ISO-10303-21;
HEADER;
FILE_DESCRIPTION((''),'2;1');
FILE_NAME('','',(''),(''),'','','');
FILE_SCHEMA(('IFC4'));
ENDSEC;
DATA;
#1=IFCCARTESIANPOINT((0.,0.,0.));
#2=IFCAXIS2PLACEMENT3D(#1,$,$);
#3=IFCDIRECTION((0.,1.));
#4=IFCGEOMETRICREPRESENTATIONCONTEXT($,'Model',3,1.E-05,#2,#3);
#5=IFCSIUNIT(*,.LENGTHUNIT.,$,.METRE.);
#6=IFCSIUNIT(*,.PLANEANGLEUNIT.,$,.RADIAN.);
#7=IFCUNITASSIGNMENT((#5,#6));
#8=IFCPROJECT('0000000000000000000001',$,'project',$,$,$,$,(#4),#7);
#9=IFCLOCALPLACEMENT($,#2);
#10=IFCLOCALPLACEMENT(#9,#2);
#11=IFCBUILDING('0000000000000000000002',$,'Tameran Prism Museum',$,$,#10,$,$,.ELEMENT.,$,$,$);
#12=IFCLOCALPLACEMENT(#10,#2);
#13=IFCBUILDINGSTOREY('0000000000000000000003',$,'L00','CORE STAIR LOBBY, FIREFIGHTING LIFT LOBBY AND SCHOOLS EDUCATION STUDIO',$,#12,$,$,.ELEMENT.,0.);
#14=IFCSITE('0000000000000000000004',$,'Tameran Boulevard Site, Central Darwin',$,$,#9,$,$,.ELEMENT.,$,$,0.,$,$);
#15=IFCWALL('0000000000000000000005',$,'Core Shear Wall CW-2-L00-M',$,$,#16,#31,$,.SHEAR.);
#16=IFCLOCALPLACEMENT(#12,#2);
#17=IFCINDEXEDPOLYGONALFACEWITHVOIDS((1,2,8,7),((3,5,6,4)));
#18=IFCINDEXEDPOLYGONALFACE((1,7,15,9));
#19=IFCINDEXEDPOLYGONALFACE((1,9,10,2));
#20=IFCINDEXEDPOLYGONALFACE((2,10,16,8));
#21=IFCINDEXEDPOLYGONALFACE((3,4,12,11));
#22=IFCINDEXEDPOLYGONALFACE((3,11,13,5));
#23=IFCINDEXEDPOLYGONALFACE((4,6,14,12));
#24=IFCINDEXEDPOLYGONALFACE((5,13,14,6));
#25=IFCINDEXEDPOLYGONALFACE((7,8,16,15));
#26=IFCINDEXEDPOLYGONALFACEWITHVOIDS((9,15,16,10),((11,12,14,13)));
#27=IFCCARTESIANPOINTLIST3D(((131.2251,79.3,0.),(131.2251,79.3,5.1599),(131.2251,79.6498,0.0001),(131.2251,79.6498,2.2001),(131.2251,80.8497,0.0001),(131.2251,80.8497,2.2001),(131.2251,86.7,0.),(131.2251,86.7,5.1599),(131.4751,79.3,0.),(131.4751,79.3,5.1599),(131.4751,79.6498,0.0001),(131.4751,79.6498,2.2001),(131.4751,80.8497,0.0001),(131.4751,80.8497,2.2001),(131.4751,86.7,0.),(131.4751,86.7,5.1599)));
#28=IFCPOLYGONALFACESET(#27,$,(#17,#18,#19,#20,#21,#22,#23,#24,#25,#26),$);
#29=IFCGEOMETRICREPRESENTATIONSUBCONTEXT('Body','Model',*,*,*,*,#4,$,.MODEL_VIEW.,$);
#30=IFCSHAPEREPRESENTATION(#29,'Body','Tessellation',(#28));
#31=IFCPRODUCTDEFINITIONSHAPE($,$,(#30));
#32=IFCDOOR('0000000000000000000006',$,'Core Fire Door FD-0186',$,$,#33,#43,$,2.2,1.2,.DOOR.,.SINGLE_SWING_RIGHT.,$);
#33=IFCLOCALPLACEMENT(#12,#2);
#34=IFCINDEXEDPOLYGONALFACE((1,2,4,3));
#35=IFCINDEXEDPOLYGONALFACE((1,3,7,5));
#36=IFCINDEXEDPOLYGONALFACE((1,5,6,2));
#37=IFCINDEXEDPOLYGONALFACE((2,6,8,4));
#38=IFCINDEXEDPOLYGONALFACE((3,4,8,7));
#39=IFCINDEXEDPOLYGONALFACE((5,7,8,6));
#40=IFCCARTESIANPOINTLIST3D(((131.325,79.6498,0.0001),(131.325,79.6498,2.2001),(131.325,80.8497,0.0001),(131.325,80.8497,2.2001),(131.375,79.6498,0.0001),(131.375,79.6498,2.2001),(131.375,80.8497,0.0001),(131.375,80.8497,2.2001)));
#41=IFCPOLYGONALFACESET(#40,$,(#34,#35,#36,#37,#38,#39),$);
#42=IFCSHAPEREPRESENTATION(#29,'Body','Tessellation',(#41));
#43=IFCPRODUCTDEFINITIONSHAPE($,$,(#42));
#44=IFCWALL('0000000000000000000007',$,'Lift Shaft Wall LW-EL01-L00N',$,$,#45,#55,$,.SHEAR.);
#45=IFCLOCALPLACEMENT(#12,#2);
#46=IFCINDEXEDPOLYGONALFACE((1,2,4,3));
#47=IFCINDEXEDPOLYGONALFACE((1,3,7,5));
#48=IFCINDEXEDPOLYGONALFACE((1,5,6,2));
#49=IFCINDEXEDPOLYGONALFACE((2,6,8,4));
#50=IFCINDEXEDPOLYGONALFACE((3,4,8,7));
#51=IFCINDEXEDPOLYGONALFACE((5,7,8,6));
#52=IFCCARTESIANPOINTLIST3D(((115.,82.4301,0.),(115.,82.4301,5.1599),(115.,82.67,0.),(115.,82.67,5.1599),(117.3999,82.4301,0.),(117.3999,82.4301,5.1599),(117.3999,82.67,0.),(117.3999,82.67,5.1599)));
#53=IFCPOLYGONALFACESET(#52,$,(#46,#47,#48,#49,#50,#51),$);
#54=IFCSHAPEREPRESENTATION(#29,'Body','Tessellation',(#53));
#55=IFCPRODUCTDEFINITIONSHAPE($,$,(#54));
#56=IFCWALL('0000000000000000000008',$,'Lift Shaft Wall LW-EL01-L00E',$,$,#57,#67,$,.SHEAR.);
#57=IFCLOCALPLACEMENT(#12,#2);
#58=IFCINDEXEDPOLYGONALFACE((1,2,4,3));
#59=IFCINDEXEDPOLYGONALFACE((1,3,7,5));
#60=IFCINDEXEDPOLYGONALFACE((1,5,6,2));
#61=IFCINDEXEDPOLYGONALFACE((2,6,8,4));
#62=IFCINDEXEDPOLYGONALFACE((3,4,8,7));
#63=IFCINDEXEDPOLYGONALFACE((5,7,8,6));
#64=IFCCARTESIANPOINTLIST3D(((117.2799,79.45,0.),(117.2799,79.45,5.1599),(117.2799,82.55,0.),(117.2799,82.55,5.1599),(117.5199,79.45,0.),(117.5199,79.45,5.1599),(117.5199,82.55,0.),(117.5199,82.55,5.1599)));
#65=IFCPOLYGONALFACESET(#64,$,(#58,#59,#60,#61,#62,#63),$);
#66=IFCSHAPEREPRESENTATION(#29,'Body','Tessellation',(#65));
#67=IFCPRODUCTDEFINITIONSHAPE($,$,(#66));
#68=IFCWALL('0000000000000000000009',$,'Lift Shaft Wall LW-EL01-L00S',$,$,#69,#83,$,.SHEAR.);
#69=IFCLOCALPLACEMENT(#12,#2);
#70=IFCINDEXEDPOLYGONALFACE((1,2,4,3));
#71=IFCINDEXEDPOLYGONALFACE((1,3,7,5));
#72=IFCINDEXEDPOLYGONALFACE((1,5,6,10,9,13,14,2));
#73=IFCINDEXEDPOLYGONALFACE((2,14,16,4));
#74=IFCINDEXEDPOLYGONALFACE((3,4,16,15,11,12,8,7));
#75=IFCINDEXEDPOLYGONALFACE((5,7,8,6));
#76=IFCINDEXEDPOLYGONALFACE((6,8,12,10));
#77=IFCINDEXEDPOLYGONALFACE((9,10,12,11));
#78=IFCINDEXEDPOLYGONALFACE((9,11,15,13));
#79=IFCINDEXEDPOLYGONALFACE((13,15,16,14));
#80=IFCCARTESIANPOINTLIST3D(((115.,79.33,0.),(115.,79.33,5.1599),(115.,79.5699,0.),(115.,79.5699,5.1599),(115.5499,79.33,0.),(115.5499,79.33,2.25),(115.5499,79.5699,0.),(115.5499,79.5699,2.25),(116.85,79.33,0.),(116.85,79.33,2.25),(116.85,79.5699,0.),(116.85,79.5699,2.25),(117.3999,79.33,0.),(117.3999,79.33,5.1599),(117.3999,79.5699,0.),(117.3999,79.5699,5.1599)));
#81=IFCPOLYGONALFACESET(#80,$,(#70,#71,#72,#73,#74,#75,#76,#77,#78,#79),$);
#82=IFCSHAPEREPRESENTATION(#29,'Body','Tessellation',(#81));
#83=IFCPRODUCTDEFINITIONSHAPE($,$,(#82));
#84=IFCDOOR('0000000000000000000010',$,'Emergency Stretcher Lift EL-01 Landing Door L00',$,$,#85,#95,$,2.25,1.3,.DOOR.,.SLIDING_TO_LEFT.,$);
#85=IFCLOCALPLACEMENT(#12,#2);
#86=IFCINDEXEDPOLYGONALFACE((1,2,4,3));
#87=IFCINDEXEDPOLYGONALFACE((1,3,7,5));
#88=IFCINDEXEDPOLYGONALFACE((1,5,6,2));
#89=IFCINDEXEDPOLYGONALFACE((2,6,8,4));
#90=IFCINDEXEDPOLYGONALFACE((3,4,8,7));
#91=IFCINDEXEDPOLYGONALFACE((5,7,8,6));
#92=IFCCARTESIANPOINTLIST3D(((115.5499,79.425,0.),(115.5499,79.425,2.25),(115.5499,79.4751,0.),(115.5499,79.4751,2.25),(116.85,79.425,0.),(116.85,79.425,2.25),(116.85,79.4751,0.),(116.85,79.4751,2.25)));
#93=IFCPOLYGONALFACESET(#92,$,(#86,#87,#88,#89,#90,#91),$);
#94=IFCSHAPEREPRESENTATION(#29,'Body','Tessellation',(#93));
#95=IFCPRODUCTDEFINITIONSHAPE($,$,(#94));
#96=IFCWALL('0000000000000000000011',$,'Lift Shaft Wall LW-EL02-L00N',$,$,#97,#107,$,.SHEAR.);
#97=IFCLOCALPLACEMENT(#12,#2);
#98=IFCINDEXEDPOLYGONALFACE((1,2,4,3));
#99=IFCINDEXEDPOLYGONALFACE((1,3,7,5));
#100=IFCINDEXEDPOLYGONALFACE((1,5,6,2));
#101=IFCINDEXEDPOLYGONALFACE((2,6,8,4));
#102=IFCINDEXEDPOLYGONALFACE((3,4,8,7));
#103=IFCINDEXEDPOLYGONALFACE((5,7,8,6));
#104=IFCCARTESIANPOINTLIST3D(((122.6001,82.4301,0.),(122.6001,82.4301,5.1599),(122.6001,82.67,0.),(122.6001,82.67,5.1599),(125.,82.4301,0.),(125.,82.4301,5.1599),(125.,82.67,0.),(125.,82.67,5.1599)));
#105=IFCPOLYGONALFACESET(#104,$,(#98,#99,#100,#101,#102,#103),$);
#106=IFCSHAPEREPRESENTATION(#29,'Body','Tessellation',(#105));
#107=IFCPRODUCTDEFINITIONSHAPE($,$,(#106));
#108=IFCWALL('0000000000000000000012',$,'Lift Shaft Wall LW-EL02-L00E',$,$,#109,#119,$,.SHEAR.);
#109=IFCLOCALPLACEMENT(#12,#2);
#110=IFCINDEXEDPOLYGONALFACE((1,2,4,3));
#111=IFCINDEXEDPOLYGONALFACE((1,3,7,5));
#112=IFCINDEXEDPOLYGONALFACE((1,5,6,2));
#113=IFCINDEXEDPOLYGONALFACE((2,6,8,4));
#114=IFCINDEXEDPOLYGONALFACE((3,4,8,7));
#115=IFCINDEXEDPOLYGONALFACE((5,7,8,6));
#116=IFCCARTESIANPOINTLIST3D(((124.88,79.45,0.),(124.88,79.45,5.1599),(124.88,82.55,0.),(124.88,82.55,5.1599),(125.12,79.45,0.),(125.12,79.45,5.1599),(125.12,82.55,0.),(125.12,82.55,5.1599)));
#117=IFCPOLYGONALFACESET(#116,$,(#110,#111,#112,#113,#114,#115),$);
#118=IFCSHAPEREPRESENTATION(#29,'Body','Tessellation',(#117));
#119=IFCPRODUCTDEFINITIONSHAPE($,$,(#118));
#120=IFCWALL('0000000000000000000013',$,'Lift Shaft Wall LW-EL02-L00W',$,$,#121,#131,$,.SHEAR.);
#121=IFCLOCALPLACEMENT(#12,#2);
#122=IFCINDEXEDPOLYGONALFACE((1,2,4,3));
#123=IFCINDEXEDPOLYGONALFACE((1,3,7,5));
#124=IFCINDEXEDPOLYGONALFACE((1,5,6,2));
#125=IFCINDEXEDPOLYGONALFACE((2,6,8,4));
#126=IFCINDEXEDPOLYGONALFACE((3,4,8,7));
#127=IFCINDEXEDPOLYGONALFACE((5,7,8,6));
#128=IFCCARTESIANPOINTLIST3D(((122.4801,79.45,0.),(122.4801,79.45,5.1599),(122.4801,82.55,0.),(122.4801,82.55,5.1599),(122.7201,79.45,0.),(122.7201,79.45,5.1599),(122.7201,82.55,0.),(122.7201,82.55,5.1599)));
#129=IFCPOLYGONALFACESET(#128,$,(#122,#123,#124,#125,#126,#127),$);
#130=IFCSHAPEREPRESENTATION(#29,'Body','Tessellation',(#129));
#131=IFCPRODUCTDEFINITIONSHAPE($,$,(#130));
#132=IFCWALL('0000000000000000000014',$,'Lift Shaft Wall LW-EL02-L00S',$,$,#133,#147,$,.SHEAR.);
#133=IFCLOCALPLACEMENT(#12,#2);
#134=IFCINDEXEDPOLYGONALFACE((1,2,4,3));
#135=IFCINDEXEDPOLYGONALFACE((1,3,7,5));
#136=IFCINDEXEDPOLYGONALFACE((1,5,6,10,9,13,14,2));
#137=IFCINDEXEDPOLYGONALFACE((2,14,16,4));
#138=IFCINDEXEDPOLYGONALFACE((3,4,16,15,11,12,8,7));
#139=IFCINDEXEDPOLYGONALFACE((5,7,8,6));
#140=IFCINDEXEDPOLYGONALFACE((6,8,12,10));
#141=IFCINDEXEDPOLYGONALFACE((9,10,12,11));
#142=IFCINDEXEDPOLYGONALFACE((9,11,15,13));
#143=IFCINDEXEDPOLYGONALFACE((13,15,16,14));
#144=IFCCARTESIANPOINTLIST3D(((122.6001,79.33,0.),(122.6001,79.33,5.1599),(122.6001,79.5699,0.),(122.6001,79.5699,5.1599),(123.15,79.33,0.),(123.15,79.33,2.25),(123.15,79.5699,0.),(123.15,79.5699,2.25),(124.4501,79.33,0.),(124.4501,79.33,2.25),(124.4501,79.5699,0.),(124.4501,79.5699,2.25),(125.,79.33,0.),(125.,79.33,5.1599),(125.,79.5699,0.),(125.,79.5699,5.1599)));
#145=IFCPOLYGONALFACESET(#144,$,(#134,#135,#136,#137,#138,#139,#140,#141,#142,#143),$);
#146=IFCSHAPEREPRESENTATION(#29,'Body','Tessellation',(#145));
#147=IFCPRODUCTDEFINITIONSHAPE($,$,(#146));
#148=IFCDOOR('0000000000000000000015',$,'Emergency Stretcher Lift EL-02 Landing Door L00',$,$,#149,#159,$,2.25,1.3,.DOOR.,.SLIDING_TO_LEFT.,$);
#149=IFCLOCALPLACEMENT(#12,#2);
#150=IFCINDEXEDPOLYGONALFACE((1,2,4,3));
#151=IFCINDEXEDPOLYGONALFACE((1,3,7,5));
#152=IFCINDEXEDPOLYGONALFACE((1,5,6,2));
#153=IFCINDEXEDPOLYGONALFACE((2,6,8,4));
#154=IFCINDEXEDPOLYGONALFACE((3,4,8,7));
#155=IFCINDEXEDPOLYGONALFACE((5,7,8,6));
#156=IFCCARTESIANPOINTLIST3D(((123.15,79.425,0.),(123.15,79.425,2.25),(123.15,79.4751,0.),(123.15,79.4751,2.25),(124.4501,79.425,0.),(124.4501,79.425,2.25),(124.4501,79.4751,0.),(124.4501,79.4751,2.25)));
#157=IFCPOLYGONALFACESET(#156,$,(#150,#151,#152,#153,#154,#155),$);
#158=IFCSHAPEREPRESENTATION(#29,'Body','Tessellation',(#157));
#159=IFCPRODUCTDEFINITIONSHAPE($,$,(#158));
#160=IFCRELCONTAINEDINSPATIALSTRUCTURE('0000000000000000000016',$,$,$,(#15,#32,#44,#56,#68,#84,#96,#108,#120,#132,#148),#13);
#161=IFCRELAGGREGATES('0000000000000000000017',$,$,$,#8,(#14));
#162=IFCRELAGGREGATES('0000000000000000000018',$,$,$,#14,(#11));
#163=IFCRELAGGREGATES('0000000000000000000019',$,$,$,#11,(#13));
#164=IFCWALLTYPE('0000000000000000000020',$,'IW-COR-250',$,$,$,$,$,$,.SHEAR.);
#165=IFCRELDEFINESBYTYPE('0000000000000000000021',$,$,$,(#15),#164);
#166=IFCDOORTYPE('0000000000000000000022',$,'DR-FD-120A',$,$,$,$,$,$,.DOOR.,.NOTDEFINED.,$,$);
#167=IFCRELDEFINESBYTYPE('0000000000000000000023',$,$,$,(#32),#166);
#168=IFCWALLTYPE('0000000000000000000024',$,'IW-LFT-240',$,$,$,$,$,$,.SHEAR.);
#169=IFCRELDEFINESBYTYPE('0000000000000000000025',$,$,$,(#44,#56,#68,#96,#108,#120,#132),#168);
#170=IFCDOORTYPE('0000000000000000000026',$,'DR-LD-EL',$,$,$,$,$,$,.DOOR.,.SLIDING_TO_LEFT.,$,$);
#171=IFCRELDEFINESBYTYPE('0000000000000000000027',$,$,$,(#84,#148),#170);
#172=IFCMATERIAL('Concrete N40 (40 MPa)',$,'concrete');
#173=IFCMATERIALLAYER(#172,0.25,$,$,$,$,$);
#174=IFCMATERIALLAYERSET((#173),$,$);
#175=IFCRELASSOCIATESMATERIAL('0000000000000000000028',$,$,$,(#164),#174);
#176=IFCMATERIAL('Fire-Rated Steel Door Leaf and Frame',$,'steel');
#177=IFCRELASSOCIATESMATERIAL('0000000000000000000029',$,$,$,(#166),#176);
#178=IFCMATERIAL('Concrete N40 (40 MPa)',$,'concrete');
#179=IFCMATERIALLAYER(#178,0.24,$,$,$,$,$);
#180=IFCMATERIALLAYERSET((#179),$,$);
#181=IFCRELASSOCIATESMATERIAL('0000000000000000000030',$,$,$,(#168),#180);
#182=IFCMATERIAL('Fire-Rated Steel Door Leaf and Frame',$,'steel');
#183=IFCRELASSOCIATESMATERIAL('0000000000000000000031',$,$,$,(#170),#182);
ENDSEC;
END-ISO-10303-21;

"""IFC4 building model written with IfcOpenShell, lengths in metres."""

from ifc_helpers import new_model, si_unit, direction, frame, frame_2d, origin, place, context, subcontext, project, spatial, rectangle, extrude, material, layer, layer_set, type_object, element, fill, save


model = new_model("IFC4")

# Units and contexts
model_context = context("Model", 3, precision=1e-05, world=origin(), true_north=direction((0.0, 1.0)))
body_context = subcontext(model_context, "Body", "Model", "MODEL_VIEW")
ifc_project = project(units=[si_unit("LENGTHUNIT", "METRE"), si_unit("PLANEANGLEUNIT", "RADIAN")], contexts=[model_context])

# Site, building, storey
site_placement = place(None, origin())
site = spatial("IfcSite", under=ifc_project, at=site_placement, Name="Tameran Boulevard Site, Central Darwin", CompositionType="ELEMENT", RefElevation=0.0)
building_placement = place(site_placement, origin())
building = spatial("IfcBuilding", under=site, at=building_placement, Name="Tameran Prism Museum", CompositionType="ELEMENT")
storey_placement = place(building_placement, origin())
storey = spatial("IfcBuildingStorey", under=building, at=storey_placement, Name="L00", Description="CORE STAIR LOBBY, FIREFIGHTING LIFT LOBBY AND SCHOOLS EDUCATION STUDIO", CompositionType="ELEMENT", Elevation=0.0)

# Shared definitions
ifc_material_1 = material(Name="Concrete N40 (40 MPa)", Category="concrete")
ifc_layer_1 = layer(ifc_material_1, 0.25)
ifc_layer_set_1 = layer_set([ifc_layer_1])
wall_type_1 = type_object("IfcWallType", Name="IW-COR-250", PredefinedType="SHEAR", material=ifc_layer_set_1)

# Wall, opening, door
wall_1_placement = place(storey_placement, frame((131.3501, 86.7, 0.0), z_axis=(0.0, 0.0, 1.0), x_axis=(0.0, -1.0, 0.0)))
wall_1 = element("IfcWall", 1, at=wall_1_placement, inside=storey, type_object=wall_type_1, Name="Core Shear Wall CW-2-L00-M", PredefinedType="SHEAR", context=body_context, shape_type="SweptSolid", body=[
    extrude(rectangle(XDim=7.3999, YDim=0.25, at=frame_2d((3.7, 0.0))), origin(), (0.0, 0.0, 1.0), 5.1599),
])
opening_1_placement = place(wall_1_placement, frame((5.8501, 0.0, 0.0)))
opening_1 = element("IfcOpeningElement", 2, at=opening_1_placement, cuts=wall_1, PredefinedType="OPENING", context=body_context, shape_type="SweptSolid", body=[
    extrude(rectangle(XDim=1.2, YDim=2.2, at=frame_2d((0.6001, 1.1001))), frame((0.0, 0.135, 0.0), z_axis=(0.0, -1.0, 0.0), x_axis=(1.0, 0.0, 0.0)), (0.0, 0.0, 1.0), 0.27),
])
ifc_material_2 = material(Name="Fire-Rated Steel Door Leaf and Frame", Category="steel")
door_type_1 = type_object("IfcDoorType", Name="DR-FD-120A", OperationType="NOTDEFINED", PredefinedType="DOOR", material=ifc_material_2)
door_1_placement = place(opening_1_placement, origin())
door_1 = element("IfcDoor", 3, at=door_1_placement, inside=storey, type_object=door_type_1, Name="Core Fire Door FD-0186", OperationType="SINGLE_SWING_RIGHT", OverallHeight=2.2, OverallWidth=1.2, PredefinedType="DOOR", context=body_context, shape_type="SweptSolid", body=[
    extrude(rectangle(XDim=1.2, YDim=2.2, at=frame_2d((0.6001, 1.1001))), frame((0.0, 0.0249, 0.0), z_axis=(0.0, -1.0, 0.0), x_axis=(1.0, 0.0, 0.0)), (0.0, 0.0, 1.0), 0.05),
])
fill(opening_1, door_1)

# Walls
ifc_material_3 = material(Name="Concrete N40 (40 MPa)", Category="concrete")
ifc_layer_2 = layer(ifc_material_3, 0.24)
ifc_layer_set_2 = layer_set([ifc_layer_2])
wall_type_2 = type_object("IfcWallType", Name="IW-LFT-240", PredefinedType="SHEAR", material=ifc_layer_set_2)
wall_2_placement = place(storey_placement, frame((115.0, 82.55, 0.0), z_axis=(0.0, 0.0, 1.0), x_axis=(1.0, 0.0, 0.0)))
element("IfcWall", 4, at=wall_2_placement, inside=storey, type_object=wall_type_2, Name="Lift Shaft Wall LW-EL01-L00N", PredefinedType="SHEAR", context=body_context, shape_type="SweptSolid", body=[
    extrude(rectangle(XDim=2.3999, YDim=0.24, at=frame_2d((1.2, 0.0))), origin(), (0.0, 0.0, 1.0), 5.1599),
])
wall_3_placement = place(storey_placement, frame((117.3999, 82.55, 0.0), z_axis=(0.0, 0.0, 1.0), x_axis=(0.0, -1.0, 0.0)))
element("IfcWall", 5, at=wall_3_placement, inside=storey, type_object=wall_type_2, Name="Lift Shaft Wall LW-EL01-L00E", PredefinedType="SHEAR", context=body_context, shape_type="SweptSolid", body=[
    extrude(rectangle(XDim=3.1001, YDim=0.24, at=frame_2d((1.55, 0.0))), origin(), (0.0, 0.0, 1.0), 5.1599),
])

# Wall, opening, door
wall_4_placement = place(storey_placement, frame((117.3999, 79.45, 0.0), z_axis=(0.0, 0.0, 1.0), x_axis=(-1.0, 0.0, 0.0)))
wall_4 = element("IfcWall", 6, at=wall_4_placement, inside=storey, type_object=wall_type_2, Name="Lift Shaft Wall LW-EL01-L00S", PredefinedType="SHEAR", context=body_context, shape_type="SweptSolid", body=[
    extrude(rectangle(XDim=2.3999, YDim=0.24, at=frame_2d((1.2, 0.0))), origin(), (0.0, 0.0, 1.0), 5.1599),
])
opening_2_placement = place(wall_4_placement, frame((0.55, 0.0, 0.0)))
opening_2 = element("IfcOpeningElement", 7, at=opening_2_placement, cuts=wall_4, PredefinedType="OPENING", context=body_context, shape_type="SweptSolid", body=[
    extrude(rectangle(XDim=1.3, YDim=2.25, at=frame_2d((0.6499, 1.125))), frame((0.0, 0.1299, 0.0), z_axis=(0.0, -1.0, 0.0), x_axis=(1.0, 0.0, 0.0)), (0.0, 0.0, 1.0), 0.26),
])
ifc_material_4 = material(Name="Fire-Rated Steel Door Leaf and Frame", Category="steel")
door_type_2 = type_object("IfcDoorType", Name="DR-LD-EL", OperationType="SLIDING_TO_LEFT", PredefinedType="DOOR", material=ifc_material_4)
door_2_placement = place(opening_2_placement, origin())
door_2 = element("IfcDoor", 8, at=door_2_placement, inside=storey, type_object=door_type_2, Name="Emergency Stretcher Lift EL-01 Landing Door L00", OperationType="SLIDING_TO_LEFT", OverallHeight=2.25, OverallWidth=1.3, PredefinedType="DOOR", context=body_context, shape_type="SweptSolid", body=[
    extrude(rectangle(XDim=1.3, YDim=2.25, at=frame_2d((0.6499, 1.125))), frame((0.0, 0.0249, 0.0), z_axis=(0.0, -1.0, 0.0), x_axis=(1.0, 0.0, 0.0)), (0.0, 0.0, 1.0), 0.05),
])
fill(opening_2, door_2)

# Walls
wall_5_placement = place(storey_placement, frame((122.6001, 82.55, 0.0), z_axis=(0.0, 0.0, 1.0), x_axis=(1.0, 0.0, 0.0)))
element("IfcWall", 9, at=wall_5_placement, inside=storey, type_object=wall_type_2, Name="Lift Shaft Wall LW-EL02-L00N", PredefinedType="SHEAR", context=body_context, shape_type="SweptSolid", body=[
    extrude(rectangle(XDim=2.3999, YDim=0.24, at=frame_2d((1.2, 0.0))), origin(), (0.0, 0.0, 1.0), 5.1599),
])
for number, where, z_axis, x_axis, name in (
    (10, (125.0, 82.55, 0.0), (0.0, 0.0, 1.0), (0.0, -1.0, 0.0), "Lift Shaft Wall LW-EL02-L00E"),
    (11, (122.6001, 79.45, 0.0), (0.0, 0.0, 1.0), (0.0, 1.0, 0.0), "Lift Shaft Wall LW-EL02-L00W"),
):
    element("IfcWall", number, at=place(storey_placement, frame(where, z_axis=z_axis, x_axis=x_axis)), inside=storey, type_object=wall_type_2, Name=name, PredefinedType="SHEAR", context=body_context, shape_type="SweptSolid", body=[
        extrude(rectangle(XDim=3.1001, YDim=0.24, at=frame_2d((1.55, 0.0))), origin(), (0.0, 0.0, 1.0), 5.1599),
    ])

# Wall, opening, door
wall_6_placement = place(storey_placement, frame((125.0, 79.45, 0.0), z_axis=(0.0, 0.0, 1.0), x_axis=(-1.0, 0.0, 0.0)))
wall_6 = element("IfcWall", 12, at=wall_6_placement, inside=storey, type_object=wall_type_2, Name="Lift Shaft Wall LW-EL02-L00S", PredefinedType="SHEAR", context=body_context, shape_type="SweptSolid", body=[
    extrude(rectangle(XDim=2.3999, YDim=0.24, at=frame_2d((1.2, 0.0))), origin(), (0.0, 0.0, 1.0), 5.1599),
])
opening_3_placement = place(wall_6_placement, frame((0.55, 0.0, 0.0)))
opening_3 = element("IfcOpeningElement", 13, at=opening_3_placement, cuts=wall_6, PredefinedType="OPENING", context=body_context, shape_type="SweptSolid", body=[
    extrude(rectangle(XDim=1.3, YDim=2.25, at=frame_2d((0.6499, 1.125))), frame((0.0, 0.1299, 0.0), z_axis=(0.0, -1.0, 0.0), x_axis=(1.0, 0.0, 0.0)), (0.0, 0.0, 1.0), 0.26),
])
door_3_placement = place(opening_3_placement, origin())
door_3 = element("IfcDoor", 14, at=door_3_placement, inside=storey, type_object=door_type_2, Name="Emergency Stretcher Lift EL-02 Landing Door L00", OperationType="SLIDING_TO_LEFT", OverallHeight=2.25, OverallWidth=1.3, PredefinedType="DOOR", context=body_context, shape_type="SweptSolid", body=[
    extrude(rectangle(XDim=1.3, YDim=2.25, at=frame_2d((0.6499, 1.125))), frame((0.0, 0.0249, 0.0), z_axis=(0.0, -1.0, 0.0), x_axis=(1.0, 0.0, 0.0)), (0.0, 0.0, 1.0), 0.05),
])
fill(opening_3, door_3)

save(model, "model.ifc")
